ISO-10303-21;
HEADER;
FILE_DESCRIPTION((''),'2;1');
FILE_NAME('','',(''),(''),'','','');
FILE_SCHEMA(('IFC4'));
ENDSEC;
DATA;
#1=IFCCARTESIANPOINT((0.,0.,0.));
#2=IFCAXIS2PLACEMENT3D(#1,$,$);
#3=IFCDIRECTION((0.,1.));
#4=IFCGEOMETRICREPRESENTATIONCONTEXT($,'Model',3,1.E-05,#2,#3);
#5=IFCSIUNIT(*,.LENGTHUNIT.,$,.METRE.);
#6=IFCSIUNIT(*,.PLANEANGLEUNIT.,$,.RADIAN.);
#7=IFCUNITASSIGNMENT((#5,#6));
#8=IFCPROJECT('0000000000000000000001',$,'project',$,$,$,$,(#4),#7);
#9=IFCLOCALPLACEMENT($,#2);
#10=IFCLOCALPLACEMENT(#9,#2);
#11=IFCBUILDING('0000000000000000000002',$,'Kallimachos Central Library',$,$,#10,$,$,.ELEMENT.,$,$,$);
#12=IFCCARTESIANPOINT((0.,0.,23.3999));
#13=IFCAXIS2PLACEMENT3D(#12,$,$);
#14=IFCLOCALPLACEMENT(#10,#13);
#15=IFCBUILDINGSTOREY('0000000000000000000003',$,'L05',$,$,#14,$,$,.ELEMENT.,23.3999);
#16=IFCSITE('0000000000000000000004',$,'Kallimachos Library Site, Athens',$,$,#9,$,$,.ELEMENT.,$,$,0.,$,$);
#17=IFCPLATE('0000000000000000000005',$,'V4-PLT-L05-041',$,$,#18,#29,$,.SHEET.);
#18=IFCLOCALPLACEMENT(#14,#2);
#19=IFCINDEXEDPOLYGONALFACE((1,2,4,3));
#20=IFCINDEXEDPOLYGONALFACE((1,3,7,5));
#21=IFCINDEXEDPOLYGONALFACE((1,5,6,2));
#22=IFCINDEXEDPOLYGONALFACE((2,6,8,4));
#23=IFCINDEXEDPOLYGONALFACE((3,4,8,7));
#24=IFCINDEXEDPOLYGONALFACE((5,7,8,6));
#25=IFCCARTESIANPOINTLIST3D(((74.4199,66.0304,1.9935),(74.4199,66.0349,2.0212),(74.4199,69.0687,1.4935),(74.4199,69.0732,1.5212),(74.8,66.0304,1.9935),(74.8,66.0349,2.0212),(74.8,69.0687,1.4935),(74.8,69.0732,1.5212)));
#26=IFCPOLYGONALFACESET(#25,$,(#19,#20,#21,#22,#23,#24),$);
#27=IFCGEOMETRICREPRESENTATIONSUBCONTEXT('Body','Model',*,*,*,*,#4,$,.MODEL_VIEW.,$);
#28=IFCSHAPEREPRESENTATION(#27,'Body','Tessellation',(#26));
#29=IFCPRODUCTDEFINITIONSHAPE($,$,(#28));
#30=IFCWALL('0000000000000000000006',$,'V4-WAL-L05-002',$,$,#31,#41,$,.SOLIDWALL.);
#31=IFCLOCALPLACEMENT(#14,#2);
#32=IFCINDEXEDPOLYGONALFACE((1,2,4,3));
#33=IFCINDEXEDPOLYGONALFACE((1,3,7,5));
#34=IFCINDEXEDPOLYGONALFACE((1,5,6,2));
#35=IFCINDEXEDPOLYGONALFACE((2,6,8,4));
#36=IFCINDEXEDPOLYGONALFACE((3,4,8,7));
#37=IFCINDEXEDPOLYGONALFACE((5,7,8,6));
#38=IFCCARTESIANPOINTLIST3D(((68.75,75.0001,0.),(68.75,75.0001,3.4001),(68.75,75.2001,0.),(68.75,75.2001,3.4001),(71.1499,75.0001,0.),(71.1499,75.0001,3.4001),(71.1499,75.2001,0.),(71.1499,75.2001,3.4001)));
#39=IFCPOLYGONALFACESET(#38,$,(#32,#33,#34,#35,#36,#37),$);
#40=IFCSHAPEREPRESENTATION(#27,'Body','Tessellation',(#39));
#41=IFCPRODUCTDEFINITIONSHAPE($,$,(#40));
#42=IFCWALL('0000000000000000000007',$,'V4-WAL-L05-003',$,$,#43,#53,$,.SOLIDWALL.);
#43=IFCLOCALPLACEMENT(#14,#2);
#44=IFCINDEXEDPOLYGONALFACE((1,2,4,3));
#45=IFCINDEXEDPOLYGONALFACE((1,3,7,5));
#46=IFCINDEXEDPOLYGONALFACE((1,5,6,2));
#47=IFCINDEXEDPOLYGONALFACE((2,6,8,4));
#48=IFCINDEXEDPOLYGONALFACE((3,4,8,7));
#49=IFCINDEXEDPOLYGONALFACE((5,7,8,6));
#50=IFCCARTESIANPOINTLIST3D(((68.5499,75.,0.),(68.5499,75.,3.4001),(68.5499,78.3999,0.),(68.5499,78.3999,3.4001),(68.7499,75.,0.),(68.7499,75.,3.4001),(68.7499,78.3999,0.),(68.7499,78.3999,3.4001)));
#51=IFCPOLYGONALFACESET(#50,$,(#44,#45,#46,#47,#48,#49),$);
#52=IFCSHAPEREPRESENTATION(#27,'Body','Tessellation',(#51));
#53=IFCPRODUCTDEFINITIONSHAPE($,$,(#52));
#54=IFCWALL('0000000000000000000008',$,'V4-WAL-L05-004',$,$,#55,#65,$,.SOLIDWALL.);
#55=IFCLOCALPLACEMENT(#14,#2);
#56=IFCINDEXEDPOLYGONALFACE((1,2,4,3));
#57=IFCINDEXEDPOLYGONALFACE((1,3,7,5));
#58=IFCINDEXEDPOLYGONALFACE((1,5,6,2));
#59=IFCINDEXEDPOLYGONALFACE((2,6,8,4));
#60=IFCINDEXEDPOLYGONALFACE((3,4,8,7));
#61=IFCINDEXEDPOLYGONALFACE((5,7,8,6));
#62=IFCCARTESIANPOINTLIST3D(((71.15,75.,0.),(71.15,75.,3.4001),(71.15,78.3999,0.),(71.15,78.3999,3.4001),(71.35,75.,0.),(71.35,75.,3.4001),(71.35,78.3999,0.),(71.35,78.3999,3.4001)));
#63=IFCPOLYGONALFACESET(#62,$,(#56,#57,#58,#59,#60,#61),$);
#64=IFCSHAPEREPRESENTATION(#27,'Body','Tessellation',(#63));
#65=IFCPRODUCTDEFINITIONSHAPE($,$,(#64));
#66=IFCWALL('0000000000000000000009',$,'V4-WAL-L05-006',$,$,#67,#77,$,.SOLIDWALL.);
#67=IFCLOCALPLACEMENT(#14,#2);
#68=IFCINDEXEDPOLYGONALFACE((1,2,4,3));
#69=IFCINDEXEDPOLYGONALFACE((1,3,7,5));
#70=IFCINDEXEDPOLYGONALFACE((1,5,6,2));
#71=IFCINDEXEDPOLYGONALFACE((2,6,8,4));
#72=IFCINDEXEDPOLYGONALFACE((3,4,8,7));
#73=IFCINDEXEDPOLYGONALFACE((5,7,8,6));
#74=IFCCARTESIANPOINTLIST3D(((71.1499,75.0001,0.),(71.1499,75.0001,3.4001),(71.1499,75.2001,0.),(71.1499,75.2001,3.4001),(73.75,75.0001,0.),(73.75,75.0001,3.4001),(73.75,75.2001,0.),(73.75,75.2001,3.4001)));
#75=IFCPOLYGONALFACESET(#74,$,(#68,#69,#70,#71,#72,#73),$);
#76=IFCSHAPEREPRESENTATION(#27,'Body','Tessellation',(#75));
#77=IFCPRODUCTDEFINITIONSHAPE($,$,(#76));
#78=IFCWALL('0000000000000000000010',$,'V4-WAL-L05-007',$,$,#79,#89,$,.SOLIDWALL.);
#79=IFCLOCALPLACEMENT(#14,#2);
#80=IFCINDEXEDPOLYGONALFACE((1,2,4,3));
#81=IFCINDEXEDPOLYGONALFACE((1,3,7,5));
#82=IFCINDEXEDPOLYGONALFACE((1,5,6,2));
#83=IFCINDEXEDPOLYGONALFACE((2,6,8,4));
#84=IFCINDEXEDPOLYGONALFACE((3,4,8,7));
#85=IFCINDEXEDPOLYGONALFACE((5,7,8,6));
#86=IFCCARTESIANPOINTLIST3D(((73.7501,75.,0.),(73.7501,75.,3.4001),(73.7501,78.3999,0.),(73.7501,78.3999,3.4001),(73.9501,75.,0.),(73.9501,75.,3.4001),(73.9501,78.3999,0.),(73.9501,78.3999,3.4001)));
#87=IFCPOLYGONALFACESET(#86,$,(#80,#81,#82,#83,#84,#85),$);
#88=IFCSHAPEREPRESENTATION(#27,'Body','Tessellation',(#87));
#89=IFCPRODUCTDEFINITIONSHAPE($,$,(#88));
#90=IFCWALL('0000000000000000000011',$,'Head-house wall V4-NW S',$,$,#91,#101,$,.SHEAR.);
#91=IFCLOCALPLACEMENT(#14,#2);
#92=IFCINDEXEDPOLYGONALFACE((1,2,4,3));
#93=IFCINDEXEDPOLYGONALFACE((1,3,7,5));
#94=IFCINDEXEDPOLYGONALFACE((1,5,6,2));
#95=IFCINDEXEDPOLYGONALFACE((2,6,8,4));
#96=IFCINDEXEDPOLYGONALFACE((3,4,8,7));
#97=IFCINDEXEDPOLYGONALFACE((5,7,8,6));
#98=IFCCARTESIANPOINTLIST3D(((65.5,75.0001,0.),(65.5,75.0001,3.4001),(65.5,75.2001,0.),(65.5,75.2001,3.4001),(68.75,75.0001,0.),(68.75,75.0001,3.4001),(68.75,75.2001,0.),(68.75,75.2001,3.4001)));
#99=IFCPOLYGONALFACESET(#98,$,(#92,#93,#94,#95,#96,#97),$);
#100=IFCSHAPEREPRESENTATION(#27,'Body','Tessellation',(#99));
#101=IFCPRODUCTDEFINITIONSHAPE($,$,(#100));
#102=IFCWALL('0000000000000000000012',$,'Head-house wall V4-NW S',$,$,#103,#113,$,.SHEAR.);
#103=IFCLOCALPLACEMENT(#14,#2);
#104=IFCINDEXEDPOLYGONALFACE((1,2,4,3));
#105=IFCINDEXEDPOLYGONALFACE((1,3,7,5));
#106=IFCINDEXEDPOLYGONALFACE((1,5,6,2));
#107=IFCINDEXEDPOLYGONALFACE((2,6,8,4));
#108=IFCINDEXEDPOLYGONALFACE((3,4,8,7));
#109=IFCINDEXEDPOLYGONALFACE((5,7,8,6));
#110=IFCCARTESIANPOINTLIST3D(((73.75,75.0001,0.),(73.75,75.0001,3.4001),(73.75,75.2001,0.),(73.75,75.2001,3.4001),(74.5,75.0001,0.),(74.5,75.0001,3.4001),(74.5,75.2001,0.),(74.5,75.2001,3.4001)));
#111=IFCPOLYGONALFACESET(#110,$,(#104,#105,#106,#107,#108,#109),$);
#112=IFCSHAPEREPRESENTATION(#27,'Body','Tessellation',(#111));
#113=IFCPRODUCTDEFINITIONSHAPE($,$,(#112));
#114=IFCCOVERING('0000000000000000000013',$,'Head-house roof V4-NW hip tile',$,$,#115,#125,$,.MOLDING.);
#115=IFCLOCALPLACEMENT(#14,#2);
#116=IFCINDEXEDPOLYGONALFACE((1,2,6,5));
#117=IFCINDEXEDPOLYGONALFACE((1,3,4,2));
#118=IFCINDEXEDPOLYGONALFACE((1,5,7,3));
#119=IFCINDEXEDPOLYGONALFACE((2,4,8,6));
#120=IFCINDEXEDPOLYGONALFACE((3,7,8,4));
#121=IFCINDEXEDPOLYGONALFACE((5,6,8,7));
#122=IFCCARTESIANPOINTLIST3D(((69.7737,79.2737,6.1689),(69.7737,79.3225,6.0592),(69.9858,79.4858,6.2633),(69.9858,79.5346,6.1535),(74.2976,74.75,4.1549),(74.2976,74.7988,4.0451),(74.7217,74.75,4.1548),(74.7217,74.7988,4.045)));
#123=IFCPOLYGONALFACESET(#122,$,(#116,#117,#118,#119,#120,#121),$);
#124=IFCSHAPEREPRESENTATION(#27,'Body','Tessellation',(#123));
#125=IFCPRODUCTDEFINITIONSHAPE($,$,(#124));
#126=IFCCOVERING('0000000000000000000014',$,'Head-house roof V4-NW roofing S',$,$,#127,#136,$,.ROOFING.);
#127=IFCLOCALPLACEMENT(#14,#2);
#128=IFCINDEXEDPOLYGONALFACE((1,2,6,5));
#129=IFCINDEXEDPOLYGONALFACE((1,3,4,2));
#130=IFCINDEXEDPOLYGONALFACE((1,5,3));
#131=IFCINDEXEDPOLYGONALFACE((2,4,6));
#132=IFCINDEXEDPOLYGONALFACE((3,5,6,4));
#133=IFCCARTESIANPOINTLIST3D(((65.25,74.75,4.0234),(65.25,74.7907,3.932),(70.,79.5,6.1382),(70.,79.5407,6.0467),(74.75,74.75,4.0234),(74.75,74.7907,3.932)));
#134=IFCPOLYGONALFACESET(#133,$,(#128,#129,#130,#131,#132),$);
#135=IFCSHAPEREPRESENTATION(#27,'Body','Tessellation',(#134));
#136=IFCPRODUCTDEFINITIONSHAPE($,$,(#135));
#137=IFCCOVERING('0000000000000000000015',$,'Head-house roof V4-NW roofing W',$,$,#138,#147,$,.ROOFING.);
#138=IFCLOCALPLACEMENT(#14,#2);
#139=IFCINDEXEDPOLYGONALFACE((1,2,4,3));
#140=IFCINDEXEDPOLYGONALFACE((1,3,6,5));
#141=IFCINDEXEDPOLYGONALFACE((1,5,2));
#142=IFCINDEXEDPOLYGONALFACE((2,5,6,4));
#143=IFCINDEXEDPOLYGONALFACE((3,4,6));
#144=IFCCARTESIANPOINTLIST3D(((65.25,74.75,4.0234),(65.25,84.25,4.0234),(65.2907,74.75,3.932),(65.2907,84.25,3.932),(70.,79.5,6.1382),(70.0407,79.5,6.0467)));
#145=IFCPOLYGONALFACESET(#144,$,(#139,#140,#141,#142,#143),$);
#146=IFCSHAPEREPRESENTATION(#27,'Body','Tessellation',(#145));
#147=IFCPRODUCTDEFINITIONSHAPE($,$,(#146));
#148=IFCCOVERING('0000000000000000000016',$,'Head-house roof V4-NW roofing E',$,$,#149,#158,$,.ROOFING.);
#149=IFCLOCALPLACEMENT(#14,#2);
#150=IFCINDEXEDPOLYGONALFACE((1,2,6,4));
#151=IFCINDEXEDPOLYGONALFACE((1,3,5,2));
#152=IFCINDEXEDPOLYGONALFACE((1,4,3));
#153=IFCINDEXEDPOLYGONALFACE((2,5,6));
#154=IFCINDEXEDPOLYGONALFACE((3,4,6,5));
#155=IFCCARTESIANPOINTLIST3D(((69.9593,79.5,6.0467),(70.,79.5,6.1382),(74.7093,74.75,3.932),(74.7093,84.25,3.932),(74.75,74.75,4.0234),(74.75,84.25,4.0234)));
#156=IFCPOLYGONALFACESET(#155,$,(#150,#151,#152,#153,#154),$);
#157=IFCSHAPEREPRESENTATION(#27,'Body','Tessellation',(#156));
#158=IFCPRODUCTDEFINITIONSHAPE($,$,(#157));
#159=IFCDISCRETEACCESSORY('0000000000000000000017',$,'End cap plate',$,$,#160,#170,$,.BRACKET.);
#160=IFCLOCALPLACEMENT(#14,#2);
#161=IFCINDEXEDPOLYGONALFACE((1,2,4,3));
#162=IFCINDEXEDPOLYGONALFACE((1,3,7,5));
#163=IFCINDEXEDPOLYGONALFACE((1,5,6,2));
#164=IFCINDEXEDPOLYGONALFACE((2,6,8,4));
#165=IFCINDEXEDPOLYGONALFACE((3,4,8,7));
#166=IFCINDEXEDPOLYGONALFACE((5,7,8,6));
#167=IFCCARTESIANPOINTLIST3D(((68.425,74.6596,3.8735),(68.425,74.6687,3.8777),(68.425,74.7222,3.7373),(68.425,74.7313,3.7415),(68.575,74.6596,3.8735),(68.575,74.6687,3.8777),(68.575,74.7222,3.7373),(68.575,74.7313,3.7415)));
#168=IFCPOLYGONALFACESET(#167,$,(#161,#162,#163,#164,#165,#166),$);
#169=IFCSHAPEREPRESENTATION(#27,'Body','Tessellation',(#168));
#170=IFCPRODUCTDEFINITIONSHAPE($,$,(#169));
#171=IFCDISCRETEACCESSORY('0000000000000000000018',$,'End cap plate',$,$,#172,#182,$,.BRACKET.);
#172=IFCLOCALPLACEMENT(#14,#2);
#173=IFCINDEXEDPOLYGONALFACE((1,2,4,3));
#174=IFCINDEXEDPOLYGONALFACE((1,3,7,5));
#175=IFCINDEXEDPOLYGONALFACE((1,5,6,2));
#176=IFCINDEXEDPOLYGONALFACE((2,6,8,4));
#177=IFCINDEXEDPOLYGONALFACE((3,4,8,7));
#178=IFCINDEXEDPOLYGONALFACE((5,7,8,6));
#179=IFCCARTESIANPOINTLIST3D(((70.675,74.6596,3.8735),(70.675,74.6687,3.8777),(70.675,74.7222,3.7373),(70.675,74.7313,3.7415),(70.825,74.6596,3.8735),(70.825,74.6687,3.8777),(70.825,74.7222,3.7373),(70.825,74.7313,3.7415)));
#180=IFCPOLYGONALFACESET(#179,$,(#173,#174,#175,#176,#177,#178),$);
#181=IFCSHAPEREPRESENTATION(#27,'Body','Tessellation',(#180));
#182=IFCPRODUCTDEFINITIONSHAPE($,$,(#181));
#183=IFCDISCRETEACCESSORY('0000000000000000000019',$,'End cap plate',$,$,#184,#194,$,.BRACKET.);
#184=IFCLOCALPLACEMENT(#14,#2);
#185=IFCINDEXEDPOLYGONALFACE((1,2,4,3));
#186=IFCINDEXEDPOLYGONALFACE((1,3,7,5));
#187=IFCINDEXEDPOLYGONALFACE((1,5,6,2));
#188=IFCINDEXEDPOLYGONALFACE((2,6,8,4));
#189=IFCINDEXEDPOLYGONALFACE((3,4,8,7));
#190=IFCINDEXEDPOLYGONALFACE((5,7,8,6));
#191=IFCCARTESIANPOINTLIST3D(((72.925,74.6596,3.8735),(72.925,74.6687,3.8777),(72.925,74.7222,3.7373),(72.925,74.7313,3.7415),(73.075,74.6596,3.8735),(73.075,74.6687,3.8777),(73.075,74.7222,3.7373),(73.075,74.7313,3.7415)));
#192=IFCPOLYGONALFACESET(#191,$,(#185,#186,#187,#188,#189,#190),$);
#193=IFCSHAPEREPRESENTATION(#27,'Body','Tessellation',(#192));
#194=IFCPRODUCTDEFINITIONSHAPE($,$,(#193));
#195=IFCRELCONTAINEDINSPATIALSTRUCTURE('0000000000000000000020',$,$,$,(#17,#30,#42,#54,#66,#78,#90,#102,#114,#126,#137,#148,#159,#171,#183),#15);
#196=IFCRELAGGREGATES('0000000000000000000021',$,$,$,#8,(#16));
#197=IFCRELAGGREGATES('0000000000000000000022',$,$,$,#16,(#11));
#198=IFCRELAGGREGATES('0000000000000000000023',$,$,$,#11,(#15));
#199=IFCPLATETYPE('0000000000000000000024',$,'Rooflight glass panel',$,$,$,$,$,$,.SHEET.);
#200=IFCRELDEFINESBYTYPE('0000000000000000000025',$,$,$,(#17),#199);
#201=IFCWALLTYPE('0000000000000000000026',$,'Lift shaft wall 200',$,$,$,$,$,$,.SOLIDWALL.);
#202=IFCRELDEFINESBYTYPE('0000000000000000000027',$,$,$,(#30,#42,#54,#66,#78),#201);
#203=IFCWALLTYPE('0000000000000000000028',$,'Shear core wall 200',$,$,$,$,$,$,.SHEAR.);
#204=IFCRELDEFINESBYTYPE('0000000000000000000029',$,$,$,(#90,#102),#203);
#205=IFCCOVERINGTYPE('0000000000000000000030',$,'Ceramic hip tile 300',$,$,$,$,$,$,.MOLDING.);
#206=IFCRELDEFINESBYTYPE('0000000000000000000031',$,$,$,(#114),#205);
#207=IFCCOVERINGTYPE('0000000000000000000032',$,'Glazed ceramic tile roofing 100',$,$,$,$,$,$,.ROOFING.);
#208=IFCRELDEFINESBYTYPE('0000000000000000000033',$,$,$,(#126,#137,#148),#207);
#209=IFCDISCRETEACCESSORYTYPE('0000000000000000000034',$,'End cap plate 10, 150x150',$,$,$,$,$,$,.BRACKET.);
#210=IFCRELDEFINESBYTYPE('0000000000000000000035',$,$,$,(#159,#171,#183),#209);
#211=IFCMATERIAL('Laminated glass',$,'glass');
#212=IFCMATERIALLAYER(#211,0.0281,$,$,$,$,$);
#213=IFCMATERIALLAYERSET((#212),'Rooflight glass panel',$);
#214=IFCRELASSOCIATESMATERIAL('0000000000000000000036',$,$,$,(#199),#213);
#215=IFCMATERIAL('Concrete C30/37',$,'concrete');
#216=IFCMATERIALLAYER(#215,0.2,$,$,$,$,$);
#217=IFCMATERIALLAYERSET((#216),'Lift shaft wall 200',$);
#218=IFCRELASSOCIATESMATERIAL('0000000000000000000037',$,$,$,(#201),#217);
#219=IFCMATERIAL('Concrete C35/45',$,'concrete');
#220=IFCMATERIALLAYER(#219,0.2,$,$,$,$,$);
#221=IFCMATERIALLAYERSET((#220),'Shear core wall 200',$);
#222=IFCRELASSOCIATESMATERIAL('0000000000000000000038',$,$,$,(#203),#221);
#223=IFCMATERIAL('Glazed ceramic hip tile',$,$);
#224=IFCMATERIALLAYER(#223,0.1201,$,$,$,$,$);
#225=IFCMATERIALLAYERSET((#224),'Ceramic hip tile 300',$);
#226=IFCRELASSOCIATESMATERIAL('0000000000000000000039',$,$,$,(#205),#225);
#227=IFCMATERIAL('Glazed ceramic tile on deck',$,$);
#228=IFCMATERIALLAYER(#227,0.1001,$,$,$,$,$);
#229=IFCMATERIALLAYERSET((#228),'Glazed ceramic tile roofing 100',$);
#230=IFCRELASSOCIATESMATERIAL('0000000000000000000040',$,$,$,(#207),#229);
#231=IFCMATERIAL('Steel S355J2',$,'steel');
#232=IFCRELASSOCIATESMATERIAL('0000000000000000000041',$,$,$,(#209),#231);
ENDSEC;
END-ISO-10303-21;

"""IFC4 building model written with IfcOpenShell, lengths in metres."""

from ifc_helpers import new_model, si_unit, direction, frame, frame_2d, origin, origin_2d, place, context, subcontext, project, spatial, polyline, rectangle, outline, extrude, material, layer, layer_set, material_profile, profile_set, type_object, element, save


model = new_model("IFC4")

# Units and contexts
model_context = context("Model", 3, precision=1e-05, world=origin(), true_north=direction((0.0, 1.0)))
body_context = subcontext(model_context, "Body", "Model", "MODEL_VIEW")
ifc_project = project(units=[si_unit("LENGTHUNIT", "METRE"), si_unit("PLANEANGLEUNIT", "RADIAN")], contexts=[model_context])

# Site, building, storey
site_placement = place(None, origin())
site = spatial("IfcSite", under=ifc_project, at=site_placement, Name="Kallimachos Library Site, Athens", CompositionType="ELEMENT", RefElevation=0.0)
building_placement = place(site_placement, origin())
building = spatial("IfcBuilding", under=site, at=building_placement, Name="Kallimachos Central Library", CompositionType="ELEMENT")
storey_placement = place(building_placement, frame((0.0, 0.0, 23.3999)))
storey = spatial("IfcBuildingStorey", under=building, at=storey_placement, Name="L05", CompositionType="ELEMENT", Elevation=23.3999)

# Plate
ifc_material_1 = material(Name="Laminated glass", Category="glass")
ifc_layer_1 = layer(ifc_material_1, 0.0281)
ifc_layer_set_1 = layer_set([ifc_layer_1], Name="Rooflight glass panel")
plate_type = type_object("IfcPlateType", Name="Rooflight glass panel", PredefinedType="SHEET", material=ifc_layer_set_1)
for number, where, z_axis, x_axis, name in (
    (1, (74.4199, 69.0732, 1.5212), (0.0, 0.16238, 0.986728), (1.0, 0.0, 0.0), "V4-PLT-L05-041"),
):
    element("IfcPlate", number, at=place(storey_placement, frame(where, z_axis=z_axis, x_axis=x_axis)), inside=storey, type_object=plate_type, Name=name, PredefinedType="SHEET", context=body_context, shape_type="SweptSolid", body=[
        extrude(outline(polyline([(0.0, 0.0), (0.3801, 0.0), (0.3801, -3.0792), (0.0, -3.0792), (0.0, 0.0)])), origin(), (0.0, 0.0, -1.0), 0.0281),
    ])

# Walls
ifc_material_2 = material(Name="Concrete C30/37", Category="concrete")
ifc_layer_2 = layer(ifc_material_2, 0.2)
ifc_layer_set_2 = layer_set([ifc_layer_2], Name="Lift shaft wall 200")
wall_type_1 = type_object("IfcWallType", Name="Lift shaft wall 200", PredefinedType="SOLIDWALL", material=ifc_layer_set_2)
wall_1_placement = place(storey_placement, frame((68.75, 75.1001, 0.0), z_axis=(0.0, 0.0, 1.0), x_axis=(1.0, 0.0, 0.0)))
element("IfcWall", 2, at=wall_1_placement, inside=storey, type_object=wall_type_1, Name="V4-WAL-L05-002", PredefinedType="SOLIDWALL", context=body_context, shape_type="SweptSolid", body=[
    extrude(rectangle(XDim=2.3999, YDim=0.2, at=frame_2d((1.2, 0.0))), origin(), (0.0, 0.0, 1.0), 3.4001),
])
for number, where, z_axis, x_axis, name in (
    (3, (68.6499, 75.0, 0.0), (0.0, 0.0, 1.0), (0.0, 1.0, 0.0), "V4-WAL-L05-003"),
    (4, (71.25, 75.0, 0.0), (0.0, 0.0, 1.0), (0.0, 1.0, 0.0), "V4-WAL-L05-004"),
):
    element("IfcWall", number, at=place(storey_placement, frame(where, z_axis=z_axis, x_axis=x_axis)), inside=storey, type_object=wall_type_1, Name=name, PredefinedType="SOLIDWALL", context=body_context, shape_type="SweptSolid", body=[
        extrude(rectangle(XDim=3.3999, YDim=0.2, at=frame_2d((1.7, 0.0))), origin(), (0.0, 0.0, 1.0), 3.4001),
    ])
wall_2_placement = place(storey_placement, frame((71.1499, 75.1001, 0.0), z_axis=(0.0, 0.0, 1.0), x_axis=(1.0, 0.0, 0.0)))
element("IfcWall", 5, at=wall_2_placement, inside=storey, type_object=wall_type_1, Name="V4-WAL-L05-006", PredefinedType="SOLIDWALL", context=body_context, shape_type="SweptSolid", body=[
    extrude(rectangle(XDim=2.6001, YDim=0.2, at=frame_2d((1.3, 0.0))), origin(), (0.0, 0.0, 1.0), 3.4001),
])
wall_3_placement = place(storey_placement, frame((73.8501, 75.0, 0.0), z_axis=(0.0, 0.0, 1.0), x_axis=(0.0, 1.0, 0.0)))
element("IfcWall", 6, at=wall_3_placement, inside=storey, type_object=wall_type_1, Name="V4-WAL-L05-007", PredefinedType="SOLIDWALL", context=body_context, shape_type="SweptSolid", body=[
    extrude(rectangle(XDim=3.3999, YDim=0.2, at=frame_2d((1.7, 0.0))), origin(), (0.0, 0.0, 1.0), 3.4001),
])
ifc_material_3 = material(Name="Concrete C35/45", Category="concrete")
ifc_layer_3 = layer(ifc_material_3, 0.2)
ifc_layer_set_3 = layer_set([ifc_layer_3], Name="Shear core wall 200")
wall_type_2 = type_object("IfcWallType", Name="Shear core wall 200", PredefinedType="SHEAR", material=ifc_layer_set_3)
wall_4_placement = place(storey_placement, frame((65.5, 75.1001, 0.0), z_axis=(0.0, 0.0, 1.0), x_axis=(1.0, 0.0, 0.0)))
element("IfcWall", 7, at=wall_4_placement, inside=storey, type_object=wall_type_2, Name="Head-house wall V4-NW S", PredefinedType="SHEAR", context=body_context, shape_type="SweptSolid", body=[
    extrude(rectangle(XDim=3.25, YDim=0.2, at=frame_2d((1.625, 0.0))), origin(), (0.0, 0.0, 1.0), 3.4001),
])
wall_5_placement = place(storey_placement, frame((73.75, 75.1001, 0.0), z_axis=(0.0, 0.0, 1.0), x_axis=(1.0, 0.0, 0.0)))
element("IfcWall", 8, at=wall_5_placement, inside=storey, type_object=wall_type_2, Name="Head-house wall V4-NW S", PredefinedType="SHEAR", context=body_context, shape_type="SweptSolid", body=[
    extrude(rectangle(XDim=0.75, YDim=0.2, at=frame_2d((0.375, 0.0))), origin(), (0.0, 0.0, 1.0), 3.4001),
])

# Coverings
ifc_material_4 = material(Name="Glazed ceramic hip tile")
ifc_layer_4 = layer(ifc_material_4, 0.1201)
ifc_layer_set_4 = layer_set([ifc_layer_4], Name="Ceramic hip tile 300")
covering_type_1 = type_object("IfcCoveringType", Name="Ceramic hip tile 300", PredefinedType="MOLDING", material=ifc_layer_set_4)
covering_1_placement = place(storey_placement, frame((74.7217, 74.75, 4.1548), z_axis=(0.000236, -0.406535, 0.913635), x_axis=(-1.0, -0.000096, 0.000216)))
element("IfcCovering", 9, at=covering_1_placement, inside=storey, type_object=covering_type_1, Name="Head-house roof V4-NW hip tile", PredefinedType="MOLDING", context=body_context, shape_type="SweptSolid", body=[
    extrude(outline(polyline([(0.0, 0.0), (0.4241, 0.0), (4.948, -4.9518), (4.7358, -5.184), (0.0, 0.0)])), origin(), (0.0, 0.0, -1.0), 0.1201),
])
ifc_material_5 = material(Name="Glazed ceramic tile on deck")
ifc_layer_5 = layer(ifc_material_5, 0.1001)
ifc_layer_set_5 = layer_set([ifc_layer_5], Name="Glazed ceramic tile roofing 100")
covering_type_2 = type_object("IfcCoveringType", Name="Glazed ceramic tile roofing 100", PredefinedType="ROOFING", material=ifc_layer_set_5)
covering_2_placement = place(storey_placement, frame((65.25, 74.75, 4.0234), z_axis=(0.0, -0.406722, 0.913552), x_axis=(1.0, 0.0, 0.0)))
element("IfcCovering", 10, at=covering_2_placement, inside=storey, type_object=covering_type_2, Name="Head-house roof V4-NW roofing S", PredefinedType="ROOFING", context=body_context, shape_type="SweptSolid", body=[
    extrude(outline(polyline([(0.0, 0.0), (9.5, 0.0), (4.75, 5.1995), (0.0, 0.0)])), origin(), (0.0, 0.0, -1.0), 0.1001),
])
covering_3_placement = place(storey_placement, frame((65.25, 74.75, 4.0234), z_axis=(-0.406722, 0.0, 0.913552), x_axis=(0.674474, 0.674474, 0.300282)))
element("IfcCovering", 11, at=covering_3_placement, inside=storey, type_object=covering_type_2, Name="Head-house roof V4-NW roofing W", PredefinedType="ROOFING", context=body_context, shape_type="SweptSolid", body=[
    extrude(outline(polyline([(0.0, 0.0), (7.0425, 0.0), (6.4075, 7.0138), (0.0, 0.0)])), origin(), (0.0, 0.0, -1.0), 0.1001),
])
covering_4_placement = place(storey_placement, frame((74.75, 74.75, 4.0234), z_axis=(0.406722, 0.0, 0.913552), x_axis=(0.0, 1.0, 0.0)))
element("IfcCovering", 12, at=covering_4_placement, inside=storey, type_object=covering_type_2, Name="Head-house roof V4-NW roofing E", PredefinedType="ROOFING", context=body_context, shape_type="SweptSolid", body=[
    extrude(outline(polyline([(0.0, 0.0), (9.5, 0.0), (4.75, 5.1995), (0.0, 0.0)])), origin(), (0.0, 0.0, -1.0), 0.1001),
])

# Discrete accessories
ifc_material_6 = material(Name="Steel S355J2", Category="steel")
ifc_material_profile_1 = material_profile(ifc_material_6, rectangle(XDim=0.1499, YDim=0.1499, at=origin_2d()), Name="End cap plate 10, 150x150")
ifc_profile_set_1 = profile_set([ifc_material_profile_1], Name="Steel S355J2")
discrete_accessory_type = type_object("IfcDiscreteAccessoryType", Name="End cap plate 10, 150x150", PredefinedType="BRACKET", material=ifc_profile_set_1)
for number, where, z_axis, x_axis, name in (
    (13, (68.5, 74.6909, 3.8054), (0.0, 0.908677, 0.4175), (-1.0, 0.0, 0.0), "End cap plate"),
    (14, (70.75, 74.6909, 3.8054), (0.0, 0.908677, 0.4175), (-1.0, 0.0, 0.0), "End cap plate"),
    (15, (73.0, 74.6909, 3.8054), (0.0, 0.908677, 0.4175), (-1.0, 0.0, 0.0), "End cap plate"),
):
    element("IfcDiscreteAccessory", number, at=place(storey_placement, frame(where, z_axis=z_axis, x_axis=x_axis)), inside=storey, type_object=discrete_accessory_type, Name=name, PredefinedType="BRACKET", context=body_context, shape_type="SweptSolid", body=[
        extrude(rectangle(XDim=0.1499, YDim=0.1499, at=origin_2d()), origin(), (0.0, 0.0, 1.0), 0.01),
    ])

save(model, "model.ifc")
